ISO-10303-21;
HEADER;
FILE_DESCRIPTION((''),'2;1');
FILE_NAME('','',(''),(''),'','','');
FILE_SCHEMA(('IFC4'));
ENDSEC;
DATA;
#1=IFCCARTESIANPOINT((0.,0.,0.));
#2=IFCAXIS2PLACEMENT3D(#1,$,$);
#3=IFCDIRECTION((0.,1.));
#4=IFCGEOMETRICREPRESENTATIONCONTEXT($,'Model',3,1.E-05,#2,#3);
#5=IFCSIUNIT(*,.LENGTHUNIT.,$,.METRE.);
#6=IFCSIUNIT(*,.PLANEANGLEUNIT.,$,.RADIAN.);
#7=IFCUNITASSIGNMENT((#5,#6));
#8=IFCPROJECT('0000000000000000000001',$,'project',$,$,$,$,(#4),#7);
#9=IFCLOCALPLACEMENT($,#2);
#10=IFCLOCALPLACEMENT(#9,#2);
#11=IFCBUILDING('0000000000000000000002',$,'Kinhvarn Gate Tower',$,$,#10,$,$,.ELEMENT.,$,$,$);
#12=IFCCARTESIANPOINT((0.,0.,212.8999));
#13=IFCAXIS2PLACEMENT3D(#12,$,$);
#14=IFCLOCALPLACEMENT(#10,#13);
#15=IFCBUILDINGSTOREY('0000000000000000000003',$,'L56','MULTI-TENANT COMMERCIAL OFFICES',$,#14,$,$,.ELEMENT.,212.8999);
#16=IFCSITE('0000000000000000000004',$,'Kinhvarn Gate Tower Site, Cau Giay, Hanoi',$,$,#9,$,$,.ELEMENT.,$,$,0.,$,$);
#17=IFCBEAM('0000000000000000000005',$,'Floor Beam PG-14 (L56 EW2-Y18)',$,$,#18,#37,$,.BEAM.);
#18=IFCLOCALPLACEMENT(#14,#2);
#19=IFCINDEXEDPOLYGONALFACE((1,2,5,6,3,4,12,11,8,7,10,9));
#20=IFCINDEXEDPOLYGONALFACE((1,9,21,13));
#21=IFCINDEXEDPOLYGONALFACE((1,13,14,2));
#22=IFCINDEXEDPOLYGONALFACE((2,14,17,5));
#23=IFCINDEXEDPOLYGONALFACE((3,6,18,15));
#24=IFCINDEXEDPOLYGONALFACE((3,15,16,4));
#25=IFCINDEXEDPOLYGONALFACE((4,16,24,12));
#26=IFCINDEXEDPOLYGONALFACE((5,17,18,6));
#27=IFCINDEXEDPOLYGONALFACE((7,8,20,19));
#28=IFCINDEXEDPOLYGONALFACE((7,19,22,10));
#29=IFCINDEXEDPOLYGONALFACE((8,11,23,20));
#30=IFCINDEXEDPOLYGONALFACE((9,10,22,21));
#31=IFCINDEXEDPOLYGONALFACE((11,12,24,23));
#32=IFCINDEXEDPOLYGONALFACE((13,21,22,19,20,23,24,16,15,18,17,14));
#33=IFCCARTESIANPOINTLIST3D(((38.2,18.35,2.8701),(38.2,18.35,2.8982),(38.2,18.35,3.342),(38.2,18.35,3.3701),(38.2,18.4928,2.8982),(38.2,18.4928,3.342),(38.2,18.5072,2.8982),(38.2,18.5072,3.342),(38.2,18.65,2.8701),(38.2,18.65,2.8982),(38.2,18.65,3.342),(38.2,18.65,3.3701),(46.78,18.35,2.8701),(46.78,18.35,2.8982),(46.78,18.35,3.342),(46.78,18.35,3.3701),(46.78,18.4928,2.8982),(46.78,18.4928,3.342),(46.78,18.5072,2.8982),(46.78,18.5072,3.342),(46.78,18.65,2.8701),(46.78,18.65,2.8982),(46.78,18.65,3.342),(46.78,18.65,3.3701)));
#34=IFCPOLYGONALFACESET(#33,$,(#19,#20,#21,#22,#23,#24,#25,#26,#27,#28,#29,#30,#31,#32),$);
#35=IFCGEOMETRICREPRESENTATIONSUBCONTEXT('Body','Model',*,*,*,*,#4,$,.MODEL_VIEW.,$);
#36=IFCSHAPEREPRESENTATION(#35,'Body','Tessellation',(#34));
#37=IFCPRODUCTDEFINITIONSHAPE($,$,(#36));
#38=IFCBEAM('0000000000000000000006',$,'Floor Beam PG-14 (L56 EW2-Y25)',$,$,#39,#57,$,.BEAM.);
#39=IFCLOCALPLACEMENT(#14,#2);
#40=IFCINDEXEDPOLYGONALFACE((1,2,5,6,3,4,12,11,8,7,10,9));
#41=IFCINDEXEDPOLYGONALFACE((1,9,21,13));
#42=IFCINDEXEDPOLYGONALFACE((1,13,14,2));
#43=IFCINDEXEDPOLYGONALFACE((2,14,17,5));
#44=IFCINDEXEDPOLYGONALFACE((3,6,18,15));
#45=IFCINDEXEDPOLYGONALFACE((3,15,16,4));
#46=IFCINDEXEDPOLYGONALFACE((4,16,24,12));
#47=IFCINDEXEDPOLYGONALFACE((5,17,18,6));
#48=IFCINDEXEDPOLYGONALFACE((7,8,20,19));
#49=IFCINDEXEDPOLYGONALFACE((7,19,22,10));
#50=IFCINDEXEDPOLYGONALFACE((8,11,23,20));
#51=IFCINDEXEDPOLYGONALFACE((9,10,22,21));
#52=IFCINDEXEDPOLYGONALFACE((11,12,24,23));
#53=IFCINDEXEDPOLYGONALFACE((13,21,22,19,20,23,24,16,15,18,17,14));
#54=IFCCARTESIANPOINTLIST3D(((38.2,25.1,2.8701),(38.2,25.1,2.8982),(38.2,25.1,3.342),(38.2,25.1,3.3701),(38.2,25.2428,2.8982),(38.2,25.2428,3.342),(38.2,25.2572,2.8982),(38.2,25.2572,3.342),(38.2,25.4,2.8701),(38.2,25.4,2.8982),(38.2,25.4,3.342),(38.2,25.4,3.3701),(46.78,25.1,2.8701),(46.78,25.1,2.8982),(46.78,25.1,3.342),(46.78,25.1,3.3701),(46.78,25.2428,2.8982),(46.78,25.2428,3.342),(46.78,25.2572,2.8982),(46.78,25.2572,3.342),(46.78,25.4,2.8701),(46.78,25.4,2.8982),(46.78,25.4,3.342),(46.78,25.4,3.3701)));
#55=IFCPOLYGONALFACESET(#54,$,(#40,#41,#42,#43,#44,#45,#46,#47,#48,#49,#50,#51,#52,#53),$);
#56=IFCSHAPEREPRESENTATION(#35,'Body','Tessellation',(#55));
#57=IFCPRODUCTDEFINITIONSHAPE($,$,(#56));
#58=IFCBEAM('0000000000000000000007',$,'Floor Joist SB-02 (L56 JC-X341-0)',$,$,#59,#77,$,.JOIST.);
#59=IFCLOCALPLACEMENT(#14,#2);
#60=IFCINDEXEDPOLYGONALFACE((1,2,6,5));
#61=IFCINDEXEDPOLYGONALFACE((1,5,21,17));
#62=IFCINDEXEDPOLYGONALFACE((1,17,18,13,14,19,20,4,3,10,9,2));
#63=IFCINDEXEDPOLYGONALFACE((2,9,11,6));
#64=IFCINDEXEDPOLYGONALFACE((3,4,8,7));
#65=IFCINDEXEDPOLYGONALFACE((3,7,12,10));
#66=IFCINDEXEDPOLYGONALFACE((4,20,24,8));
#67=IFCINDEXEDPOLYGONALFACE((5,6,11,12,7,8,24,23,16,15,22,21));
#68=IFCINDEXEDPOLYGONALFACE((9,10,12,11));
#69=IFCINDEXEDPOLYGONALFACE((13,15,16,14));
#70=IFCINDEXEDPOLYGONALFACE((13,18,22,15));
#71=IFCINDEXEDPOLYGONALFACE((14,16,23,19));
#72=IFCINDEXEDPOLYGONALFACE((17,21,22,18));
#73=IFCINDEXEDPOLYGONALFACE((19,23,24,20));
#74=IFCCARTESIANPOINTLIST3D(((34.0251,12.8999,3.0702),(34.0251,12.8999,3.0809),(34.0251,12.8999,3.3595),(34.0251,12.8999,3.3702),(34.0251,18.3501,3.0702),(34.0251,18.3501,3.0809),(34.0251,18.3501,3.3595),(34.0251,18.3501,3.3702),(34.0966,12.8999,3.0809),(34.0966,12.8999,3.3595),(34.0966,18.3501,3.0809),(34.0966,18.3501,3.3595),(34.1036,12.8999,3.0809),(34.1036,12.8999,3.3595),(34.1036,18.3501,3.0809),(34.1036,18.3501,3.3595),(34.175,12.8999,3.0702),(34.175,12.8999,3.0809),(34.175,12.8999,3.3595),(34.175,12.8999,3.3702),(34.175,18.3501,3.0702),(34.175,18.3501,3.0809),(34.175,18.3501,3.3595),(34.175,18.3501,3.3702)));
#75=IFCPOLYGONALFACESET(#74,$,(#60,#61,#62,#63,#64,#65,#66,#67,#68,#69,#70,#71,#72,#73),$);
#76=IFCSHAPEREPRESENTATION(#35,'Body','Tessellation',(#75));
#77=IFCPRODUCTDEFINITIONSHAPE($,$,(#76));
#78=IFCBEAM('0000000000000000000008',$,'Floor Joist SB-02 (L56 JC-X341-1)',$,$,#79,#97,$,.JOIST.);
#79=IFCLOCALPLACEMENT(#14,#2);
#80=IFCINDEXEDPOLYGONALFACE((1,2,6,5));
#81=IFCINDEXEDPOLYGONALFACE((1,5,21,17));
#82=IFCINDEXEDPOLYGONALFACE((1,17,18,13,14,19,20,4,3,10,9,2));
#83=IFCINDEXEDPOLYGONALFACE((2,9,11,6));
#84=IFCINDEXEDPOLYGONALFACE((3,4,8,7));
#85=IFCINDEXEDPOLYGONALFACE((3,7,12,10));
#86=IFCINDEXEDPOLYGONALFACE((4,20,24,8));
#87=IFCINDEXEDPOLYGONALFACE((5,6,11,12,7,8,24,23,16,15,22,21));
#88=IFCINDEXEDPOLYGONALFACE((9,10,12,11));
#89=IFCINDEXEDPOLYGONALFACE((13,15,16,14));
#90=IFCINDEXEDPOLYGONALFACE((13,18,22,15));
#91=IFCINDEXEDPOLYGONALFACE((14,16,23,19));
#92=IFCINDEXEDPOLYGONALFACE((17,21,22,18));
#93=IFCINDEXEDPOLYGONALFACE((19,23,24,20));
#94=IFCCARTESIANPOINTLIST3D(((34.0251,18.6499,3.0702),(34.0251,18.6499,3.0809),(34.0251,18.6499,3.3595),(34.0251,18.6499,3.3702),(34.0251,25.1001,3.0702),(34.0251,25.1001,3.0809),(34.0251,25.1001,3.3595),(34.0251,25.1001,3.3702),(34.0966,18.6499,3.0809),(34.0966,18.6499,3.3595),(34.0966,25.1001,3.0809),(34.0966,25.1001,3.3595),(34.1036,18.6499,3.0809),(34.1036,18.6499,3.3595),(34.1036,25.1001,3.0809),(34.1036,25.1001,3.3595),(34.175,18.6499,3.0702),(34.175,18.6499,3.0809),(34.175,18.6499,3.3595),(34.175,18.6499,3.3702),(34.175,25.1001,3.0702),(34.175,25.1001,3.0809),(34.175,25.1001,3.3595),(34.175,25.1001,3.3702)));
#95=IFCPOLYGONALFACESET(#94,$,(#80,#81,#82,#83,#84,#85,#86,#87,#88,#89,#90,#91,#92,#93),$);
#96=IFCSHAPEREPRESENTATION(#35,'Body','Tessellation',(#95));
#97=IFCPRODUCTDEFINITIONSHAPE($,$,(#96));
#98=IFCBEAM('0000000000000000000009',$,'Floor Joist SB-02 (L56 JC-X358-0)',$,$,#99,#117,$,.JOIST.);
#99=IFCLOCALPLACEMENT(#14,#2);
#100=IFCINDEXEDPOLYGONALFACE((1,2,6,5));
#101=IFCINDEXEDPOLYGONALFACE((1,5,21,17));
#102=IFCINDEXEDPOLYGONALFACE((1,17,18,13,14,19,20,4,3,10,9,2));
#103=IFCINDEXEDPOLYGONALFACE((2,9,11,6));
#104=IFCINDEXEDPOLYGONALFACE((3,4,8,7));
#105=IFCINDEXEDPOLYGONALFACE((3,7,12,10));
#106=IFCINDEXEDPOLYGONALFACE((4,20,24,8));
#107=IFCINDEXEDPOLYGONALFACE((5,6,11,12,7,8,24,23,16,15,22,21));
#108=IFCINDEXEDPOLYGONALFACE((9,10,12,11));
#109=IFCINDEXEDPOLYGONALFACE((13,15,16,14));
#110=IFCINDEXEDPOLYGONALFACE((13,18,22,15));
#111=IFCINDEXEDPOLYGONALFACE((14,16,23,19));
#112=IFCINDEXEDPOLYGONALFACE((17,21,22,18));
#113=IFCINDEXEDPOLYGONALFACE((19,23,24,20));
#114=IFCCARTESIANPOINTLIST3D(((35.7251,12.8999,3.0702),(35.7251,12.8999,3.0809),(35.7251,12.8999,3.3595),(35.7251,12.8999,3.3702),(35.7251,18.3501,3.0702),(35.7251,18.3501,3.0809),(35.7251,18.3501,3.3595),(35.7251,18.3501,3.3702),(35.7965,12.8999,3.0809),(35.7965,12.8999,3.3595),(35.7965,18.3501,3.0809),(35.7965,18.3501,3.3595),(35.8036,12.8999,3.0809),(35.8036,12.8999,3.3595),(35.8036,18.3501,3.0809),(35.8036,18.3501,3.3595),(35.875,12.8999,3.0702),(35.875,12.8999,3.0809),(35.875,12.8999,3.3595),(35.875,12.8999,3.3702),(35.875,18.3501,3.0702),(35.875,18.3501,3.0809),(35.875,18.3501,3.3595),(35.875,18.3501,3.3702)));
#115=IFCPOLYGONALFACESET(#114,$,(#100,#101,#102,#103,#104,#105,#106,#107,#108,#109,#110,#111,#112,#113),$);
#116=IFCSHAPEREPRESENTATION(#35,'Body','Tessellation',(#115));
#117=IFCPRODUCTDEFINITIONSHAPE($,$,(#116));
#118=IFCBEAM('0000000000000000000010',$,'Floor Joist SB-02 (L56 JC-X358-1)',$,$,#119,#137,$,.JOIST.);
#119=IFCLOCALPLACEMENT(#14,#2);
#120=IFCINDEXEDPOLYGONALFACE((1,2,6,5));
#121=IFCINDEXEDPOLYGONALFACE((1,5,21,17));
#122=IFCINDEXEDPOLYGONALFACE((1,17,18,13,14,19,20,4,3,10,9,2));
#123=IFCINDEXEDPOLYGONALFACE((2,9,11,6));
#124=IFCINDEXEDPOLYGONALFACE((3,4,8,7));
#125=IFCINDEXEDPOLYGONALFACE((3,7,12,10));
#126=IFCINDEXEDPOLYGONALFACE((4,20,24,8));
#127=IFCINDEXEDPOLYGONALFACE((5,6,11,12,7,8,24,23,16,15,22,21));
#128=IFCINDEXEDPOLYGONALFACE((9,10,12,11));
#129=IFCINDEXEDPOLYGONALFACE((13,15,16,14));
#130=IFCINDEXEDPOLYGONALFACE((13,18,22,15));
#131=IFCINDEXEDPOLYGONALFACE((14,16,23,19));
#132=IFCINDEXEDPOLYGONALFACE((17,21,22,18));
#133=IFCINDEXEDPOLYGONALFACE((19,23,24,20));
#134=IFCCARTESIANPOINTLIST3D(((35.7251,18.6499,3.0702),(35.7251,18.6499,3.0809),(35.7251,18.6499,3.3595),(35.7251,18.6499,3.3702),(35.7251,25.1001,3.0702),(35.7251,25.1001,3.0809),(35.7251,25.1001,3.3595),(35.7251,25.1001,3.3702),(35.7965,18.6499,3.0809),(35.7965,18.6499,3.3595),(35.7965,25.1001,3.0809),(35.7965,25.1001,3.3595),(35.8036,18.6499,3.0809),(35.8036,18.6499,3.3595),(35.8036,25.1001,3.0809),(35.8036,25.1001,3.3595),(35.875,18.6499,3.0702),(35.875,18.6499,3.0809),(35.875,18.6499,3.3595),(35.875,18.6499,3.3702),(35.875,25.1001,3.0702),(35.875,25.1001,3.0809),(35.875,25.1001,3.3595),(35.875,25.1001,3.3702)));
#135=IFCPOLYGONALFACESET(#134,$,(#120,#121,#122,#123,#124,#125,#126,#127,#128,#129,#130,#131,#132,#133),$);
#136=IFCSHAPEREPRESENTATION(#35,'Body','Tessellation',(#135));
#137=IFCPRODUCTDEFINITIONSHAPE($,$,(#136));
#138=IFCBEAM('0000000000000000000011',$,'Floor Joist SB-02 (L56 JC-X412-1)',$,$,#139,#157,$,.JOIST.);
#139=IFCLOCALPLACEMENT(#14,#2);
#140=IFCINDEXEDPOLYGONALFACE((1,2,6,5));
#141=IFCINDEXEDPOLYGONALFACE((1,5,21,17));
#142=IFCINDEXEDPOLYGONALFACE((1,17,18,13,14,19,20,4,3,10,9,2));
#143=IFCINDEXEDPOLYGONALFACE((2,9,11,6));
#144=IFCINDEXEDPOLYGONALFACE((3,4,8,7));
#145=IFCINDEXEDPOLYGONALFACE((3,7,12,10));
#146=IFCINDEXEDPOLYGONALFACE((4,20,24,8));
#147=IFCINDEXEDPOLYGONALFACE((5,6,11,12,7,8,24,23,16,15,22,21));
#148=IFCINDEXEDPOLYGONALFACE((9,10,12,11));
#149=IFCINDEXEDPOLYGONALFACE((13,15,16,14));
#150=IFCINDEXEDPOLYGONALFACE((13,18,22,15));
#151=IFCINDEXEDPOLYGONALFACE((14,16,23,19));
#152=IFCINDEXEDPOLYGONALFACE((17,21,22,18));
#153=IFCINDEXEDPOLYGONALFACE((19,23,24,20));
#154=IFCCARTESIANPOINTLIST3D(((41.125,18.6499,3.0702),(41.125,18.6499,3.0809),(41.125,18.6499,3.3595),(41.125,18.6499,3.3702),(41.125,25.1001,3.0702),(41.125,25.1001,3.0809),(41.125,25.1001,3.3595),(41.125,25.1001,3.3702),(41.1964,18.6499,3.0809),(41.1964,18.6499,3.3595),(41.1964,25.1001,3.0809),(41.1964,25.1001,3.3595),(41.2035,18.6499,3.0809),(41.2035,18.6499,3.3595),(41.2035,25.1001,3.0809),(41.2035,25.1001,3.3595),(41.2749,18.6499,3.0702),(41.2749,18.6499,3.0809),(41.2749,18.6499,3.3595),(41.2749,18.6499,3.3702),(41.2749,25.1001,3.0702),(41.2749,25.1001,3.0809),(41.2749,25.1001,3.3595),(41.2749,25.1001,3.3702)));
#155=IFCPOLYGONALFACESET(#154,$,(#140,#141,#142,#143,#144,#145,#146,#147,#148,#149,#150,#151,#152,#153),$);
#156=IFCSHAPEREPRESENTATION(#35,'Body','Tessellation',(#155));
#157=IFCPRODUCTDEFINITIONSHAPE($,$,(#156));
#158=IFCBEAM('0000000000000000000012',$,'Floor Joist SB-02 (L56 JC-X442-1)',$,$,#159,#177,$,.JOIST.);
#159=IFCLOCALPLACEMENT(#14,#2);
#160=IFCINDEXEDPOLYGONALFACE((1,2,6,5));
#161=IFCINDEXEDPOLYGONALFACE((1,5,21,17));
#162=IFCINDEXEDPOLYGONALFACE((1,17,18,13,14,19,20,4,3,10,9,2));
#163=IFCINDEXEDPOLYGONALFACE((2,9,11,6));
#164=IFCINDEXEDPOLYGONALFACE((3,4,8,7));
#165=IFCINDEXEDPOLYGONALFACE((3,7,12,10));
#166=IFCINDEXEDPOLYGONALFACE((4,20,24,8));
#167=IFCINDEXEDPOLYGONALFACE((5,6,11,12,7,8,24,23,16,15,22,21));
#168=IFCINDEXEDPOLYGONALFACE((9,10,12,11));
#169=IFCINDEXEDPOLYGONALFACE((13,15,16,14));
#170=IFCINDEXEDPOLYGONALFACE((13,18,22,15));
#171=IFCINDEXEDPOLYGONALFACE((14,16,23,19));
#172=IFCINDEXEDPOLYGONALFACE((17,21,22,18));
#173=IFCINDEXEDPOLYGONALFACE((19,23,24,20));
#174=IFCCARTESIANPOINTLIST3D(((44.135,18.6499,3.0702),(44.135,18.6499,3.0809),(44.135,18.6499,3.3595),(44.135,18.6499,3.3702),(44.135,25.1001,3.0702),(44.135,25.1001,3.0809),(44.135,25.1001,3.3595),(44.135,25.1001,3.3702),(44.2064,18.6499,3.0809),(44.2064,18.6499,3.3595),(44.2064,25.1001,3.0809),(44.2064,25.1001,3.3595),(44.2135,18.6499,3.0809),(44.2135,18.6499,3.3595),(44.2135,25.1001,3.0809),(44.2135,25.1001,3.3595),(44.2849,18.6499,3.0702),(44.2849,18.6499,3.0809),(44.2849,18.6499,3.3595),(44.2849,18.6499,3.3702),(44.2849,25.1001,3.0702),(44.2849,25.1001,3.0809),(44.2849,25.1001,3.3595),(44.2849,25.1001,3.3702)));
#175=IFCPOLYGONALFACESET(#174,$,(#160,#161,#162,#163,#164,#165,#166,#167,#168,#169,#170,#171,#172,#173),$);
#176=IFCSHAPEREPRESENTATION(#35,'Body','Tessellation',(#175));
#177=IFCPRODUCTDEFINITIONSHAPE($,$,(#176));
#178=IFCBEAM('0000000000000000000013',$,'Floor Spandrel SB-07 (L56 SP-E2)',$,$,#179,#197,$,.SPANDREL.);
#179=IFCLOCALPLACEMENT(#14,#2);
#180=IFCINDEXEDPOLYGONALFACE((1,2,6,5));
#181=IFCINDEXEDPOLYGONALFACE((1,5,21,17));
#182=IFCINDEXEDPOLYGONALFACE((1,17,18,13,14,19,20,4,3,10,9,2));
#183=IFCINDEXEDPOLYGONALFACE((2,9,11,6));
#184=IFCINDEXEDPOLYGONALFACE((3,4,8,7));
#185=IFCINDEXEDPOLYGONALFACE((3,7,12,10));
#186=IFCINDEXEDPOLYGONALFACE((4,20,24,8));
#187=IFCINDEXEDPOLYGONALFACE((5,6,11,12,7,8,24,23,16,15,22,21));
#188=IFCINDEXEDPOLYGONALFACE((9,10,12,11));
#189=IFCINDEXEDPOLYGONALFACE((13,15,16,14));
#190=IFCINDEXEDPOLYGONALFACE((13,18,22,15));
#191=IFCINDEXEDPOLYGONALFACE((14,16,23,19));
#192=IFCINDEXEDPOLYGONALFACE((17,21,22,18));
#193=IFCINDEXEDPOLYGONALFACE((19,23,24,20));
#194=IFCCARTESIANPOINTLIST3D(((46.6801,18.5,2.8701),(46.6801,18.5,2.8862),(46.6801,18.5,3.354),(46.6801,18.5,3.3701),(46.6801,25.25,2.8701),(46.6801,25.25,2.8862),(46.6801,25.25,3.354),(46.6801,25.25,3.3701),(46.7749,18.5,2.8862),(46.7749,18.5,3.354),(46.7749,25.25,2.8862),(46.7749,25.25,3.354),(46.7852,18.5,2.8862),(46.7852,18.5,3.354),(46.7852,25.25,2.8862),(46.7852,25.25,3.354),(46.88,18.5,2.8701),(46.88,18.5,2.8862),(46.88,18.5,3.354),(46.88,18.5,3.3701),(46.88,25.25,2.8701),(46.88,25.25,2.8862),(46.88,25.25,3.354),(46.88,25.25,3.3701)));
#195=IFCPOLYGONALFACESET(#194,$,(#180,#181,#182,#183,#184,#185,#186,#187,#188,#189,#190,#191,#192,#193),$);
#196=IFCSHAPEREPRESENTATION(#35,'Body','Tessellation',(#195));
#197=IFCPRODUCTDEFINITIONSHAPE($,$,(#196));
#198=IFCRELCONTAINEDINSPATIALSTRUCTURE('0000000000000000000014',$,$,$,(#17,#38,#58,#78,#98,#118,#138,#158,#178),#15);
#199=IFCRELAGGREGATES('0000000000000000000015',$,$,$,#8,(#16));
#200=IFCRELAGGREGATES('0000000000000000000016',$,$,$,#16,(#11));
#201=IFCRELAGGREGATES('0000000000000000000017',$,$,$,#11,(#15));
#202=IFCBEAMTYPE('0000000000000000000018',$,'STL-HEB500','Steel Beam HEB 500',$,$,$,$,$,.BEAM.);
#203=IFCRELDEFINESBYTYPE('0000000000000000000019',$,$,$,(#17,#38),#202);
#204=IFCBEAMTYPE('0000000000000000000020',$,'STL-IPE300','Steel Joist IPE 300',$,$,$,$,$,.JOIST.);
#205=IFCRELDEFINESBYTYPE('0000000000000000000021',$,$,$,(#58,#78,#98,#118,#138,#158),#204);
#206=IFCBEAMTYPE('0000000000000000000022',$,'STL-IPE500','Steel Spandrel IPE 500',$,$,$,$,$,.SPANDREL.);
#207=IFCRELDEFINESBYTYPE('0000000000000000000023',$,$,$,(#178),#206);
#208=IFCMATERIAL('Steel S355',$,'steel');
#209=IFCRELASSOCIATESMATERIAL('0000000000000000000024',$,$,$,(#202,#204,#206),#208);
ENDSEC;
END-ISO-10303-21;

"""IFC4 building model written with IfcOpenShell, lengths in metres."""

from ifc_helpers import new_model, si_unit, direction, frame, origin, origin_2d, place, context, subcontext, project, spatial, i_section, extrude, material, material_profile, profile_set, type_object, element, save


model = new_model("IFC4")

# Units and contexts
model_context = context("Model", 3, precision=1e-05, world=origin(), true_north=direction((0.0, 1.0)))
body_context = subcontext(model_context, "Body", "Model", "MODEL_VIEW")
ifc_project = project(units=[si_unit("LENGTHUNIT", "METRE"), si_unit("PLANEANGLEUNIT", "RADIAN")], contexts=[model_context])

# Site, building, storey
site_placement = place(None, origin())
site = spatial("IfcSite", under=ifc_project, at=site_placement, Name="Kinhvarn Gate Tower Site, Cau Giay, Hanoi", CompositionType="ELEMENT", RefElevation=0.0)
building_placement = place(site_placement, origin())
building = spatial("IfcBuilding", under=site, at=building_placement, Name="Kinhvarn Gate Tower", CompositionType="ELEMENT")
storey_placement = place(building_placement, frame((0.0, 0.0, 212.8999)))
storey = spatial("IfcBuildingStorey", under=building, at=storey_placement, Name="L56", Description="MULTI-TENANT COMMERCIAL OFFICES", CompositionType="ELEMENT", Elevation=212.8999)

# Beams
ifc_material_1 = material(Name="Steel S355", Category="steel")
ifc_material_profile_1 = material_profile(ifc_material_1, i_section(OverallWidth=0.3, OverallDepth=0.5, WebThickness=0.0144, FlangeThickness=0.0281, at=origin_2d()), Name="HEB 500")
ifc_profile_set_1 = profile_set([ifc_material_profile_1], Name="Steel S355")
beam_type_1 = type_object("IfcBeamType", Name="STL-HEB500", Description="Steel Beam HEB 500", PredefinedType="BEAM", material=ifc_profile_set_1)
for number, where, z_axis, x_axis, name in (
    (1, (38.2, 18.5, 3.1201), (1.0, 0.0, 0.0), (0.0, 1.0, 0.0), "Floor Beam PG-14 (L56 EW2-Y18)"),
    (2, (38.2, 25.25, 3.1201), (1.0, 0.0, 0.0), (0.0, 1.0, 0.0), "Floor Beam PG-14 (L56 EW2-Y25)"),
):
    element("IfcBeam", number, at=place(storey_placement, frame(where, z_axis=z_axis, x_axis=x_axis)), inside=storey, type_object=beam_type_1, Name=name, PredefinedType="BEAM", context=body_context, shape_type="SweptSolid", body=[
        extrude(i_section(OverallWidth=0.3, OverallDepth=0.5, WebThickness=0.0144, FlangeThickness=0.0281, at=origin_2d()), origin(), (0.0, 0.0, 1.0), 8.5801),
    ])
ifc_material_profile_2 = material_profile(ifc_material_1, i_section(OverallWidth=0.1499, OverallDepth=0.3, WebThickness=0.0071, FlangeThickness=0.0107, at=origin_2d()), Name="IPE 300")
ifc_profile_set_2 = profile_set([ifc_material_profile_2], Name="Steel S355")
beam_type_2 = type_object("IfcBeamType", Name="STL-IPE300", Description="Steel Joist IPE 300", PredefinedType="JOIST", material=ifc_profile_set_2)
beam_1_placement = place(storey_placement, frame((34.1001, 12.8999, 3.2202), z_axis=(0.0, 1.0, 0.0), x_axis=(-1.0, 0.0, 0.0)))
element("IfcBeam", 3, at=beam_1_placement, inside=storey, type_object=beam_type_2, Name="Floor Joist SB-02 (L56 JC-X341-0)", PredefinedType="JOIST", context=body_context, shape_type="SweptSolid", body=[
    extrude(i_section(OverallWidth=0.1499, OverallDepth=0.3, WebThickness=0.0071, FlangeThickness=0.0107, at=origin_2d()), origin(), (0.0, 0.0, 1.0), 5.4502),
])
beam_2_placement = place(storey_placement, frame((34.1001, 18.6499, 3.2202), z_axis=(0.0, 1.0, 0.0), x_axis=(-1.0, 0.0, 0.0)))
element("IfcBeam", 4, at=beam_2_placement, inside=storey, type_object=beam_type_2, Name="Floor Joist SB-02 (L56 JC-X341-1)", PredefinedType="JOIST", context=body_context, shape_type="SweptSolid", body=[
    extrude(i_section(OverallWidth=0.1499, OverallDepth=0.3, WebThickness=0.0071, FlangeThickness=0.0107, at=origin_2d()), origin(), (0.0, 0.0, 1.0), 6.4502),
])
beam_3_placement = place(storey_placement, frame((35.8, 12.8999, 3.2202), z_axis=(0.0, 1.0, 0.0), x_axis=(-1.0, 0.0, 0.0)))
element("IfcBeam", 5, at=beam_3_placement, inside=storey, type_object=beam_type_2, Name="Floor Joist SB-02 (L56 JC-X358-0)", PredefinedType="JOIST", context=body_context, shape_type="SweptSolid", body=[
    extrude(i_section(OverallWidth=0.1499, OverallDepth=0.3, WebThickness=0.0071, FlangeThickness=0.0107, at=origin_2d()), origin(), (0.0, 0.0, 1.0), 5.4502),
])
for number, where, z_axis, x_axis, name in (
    (6, (35.8, 18.6499, 3.2202), (0.0, 1.0, 0.0), (-1.0, 0.0, 0.0), "Floor Joist SB-02 (L56 JC-X358-1)"),
    (7, (41.2, 18.6499, 3.2202), (0.0, 1.0, 0.0), (-1.0, 0.0, 0.0), "Floor Joist SB-02 (L56 JC-X412-1)"),
    (8, (44.21, 18.6499, 3.2202), (0.0, 1.0, 0.0), (-1.0, 0.0, 0.0), "Floor Joist SB-02 (L56 JC-X442-1)"),
):
    element("IfcBeam", number, at=place(storey_placement, frame(where, z_axis=z_axis, x_axis=x_axis)), inside=storey, type_object=beam_type_2, Name=name, PredefinedType="JOIST", context=body_context, shape_type="SweptSolid", body=[
        extrude(i_section(OverallWidth=0.1499, OverallDepth=0.3, WebThickness=0.0071, FlangeThickness=0.0107, at=origin_2d()), origin(), (0.0, 0.0, 1.0), 6.4502),
    ])
ifc_material_profile_3 = material_profile(ifc_material_1, i_section(OverallWidth=0.2, OverallDepth=0.5, WebThickness=0.0103, FlangeThickness=0.0161, at=origin_2d()), Name="IPE 500")
ifc_profile_set_3 = profile_set([ifc_material_profile_3], Name="Steel S355")
beam_type_3 = type_object("IfcBeamType", Name="STL-IPE500", Description="Steel Spandrel IPE 500", PredefinedType="SPANDREL", material=ifc_profile_set_3)
beam_4_placement = place(storey_placement, frame((46.78, 18.5, 3.1201), z_axis=(0.0, 1.0, 0.0), x_axis=(-1.0, 0.0, 0.0)))
element("IfcBeam", 9, at=beam_4_placement, inside=storey, type_object=beam_type_3, Name="Floor Spandrel SB-07 (L56 SP-E2)", PredefinedType="SPANDREL", context=body_context, shape_type="SweptSolid", body=[
    extrude(i_section(OverallWidth=0.2, OverallDepth=0.5, WebThickness=0.0103, FlangeThickness=0.0161, at=origin_2d()), origin(), (0.0, 0.0, 1.0), 6.75),
])

save(model, "model.ifc")
